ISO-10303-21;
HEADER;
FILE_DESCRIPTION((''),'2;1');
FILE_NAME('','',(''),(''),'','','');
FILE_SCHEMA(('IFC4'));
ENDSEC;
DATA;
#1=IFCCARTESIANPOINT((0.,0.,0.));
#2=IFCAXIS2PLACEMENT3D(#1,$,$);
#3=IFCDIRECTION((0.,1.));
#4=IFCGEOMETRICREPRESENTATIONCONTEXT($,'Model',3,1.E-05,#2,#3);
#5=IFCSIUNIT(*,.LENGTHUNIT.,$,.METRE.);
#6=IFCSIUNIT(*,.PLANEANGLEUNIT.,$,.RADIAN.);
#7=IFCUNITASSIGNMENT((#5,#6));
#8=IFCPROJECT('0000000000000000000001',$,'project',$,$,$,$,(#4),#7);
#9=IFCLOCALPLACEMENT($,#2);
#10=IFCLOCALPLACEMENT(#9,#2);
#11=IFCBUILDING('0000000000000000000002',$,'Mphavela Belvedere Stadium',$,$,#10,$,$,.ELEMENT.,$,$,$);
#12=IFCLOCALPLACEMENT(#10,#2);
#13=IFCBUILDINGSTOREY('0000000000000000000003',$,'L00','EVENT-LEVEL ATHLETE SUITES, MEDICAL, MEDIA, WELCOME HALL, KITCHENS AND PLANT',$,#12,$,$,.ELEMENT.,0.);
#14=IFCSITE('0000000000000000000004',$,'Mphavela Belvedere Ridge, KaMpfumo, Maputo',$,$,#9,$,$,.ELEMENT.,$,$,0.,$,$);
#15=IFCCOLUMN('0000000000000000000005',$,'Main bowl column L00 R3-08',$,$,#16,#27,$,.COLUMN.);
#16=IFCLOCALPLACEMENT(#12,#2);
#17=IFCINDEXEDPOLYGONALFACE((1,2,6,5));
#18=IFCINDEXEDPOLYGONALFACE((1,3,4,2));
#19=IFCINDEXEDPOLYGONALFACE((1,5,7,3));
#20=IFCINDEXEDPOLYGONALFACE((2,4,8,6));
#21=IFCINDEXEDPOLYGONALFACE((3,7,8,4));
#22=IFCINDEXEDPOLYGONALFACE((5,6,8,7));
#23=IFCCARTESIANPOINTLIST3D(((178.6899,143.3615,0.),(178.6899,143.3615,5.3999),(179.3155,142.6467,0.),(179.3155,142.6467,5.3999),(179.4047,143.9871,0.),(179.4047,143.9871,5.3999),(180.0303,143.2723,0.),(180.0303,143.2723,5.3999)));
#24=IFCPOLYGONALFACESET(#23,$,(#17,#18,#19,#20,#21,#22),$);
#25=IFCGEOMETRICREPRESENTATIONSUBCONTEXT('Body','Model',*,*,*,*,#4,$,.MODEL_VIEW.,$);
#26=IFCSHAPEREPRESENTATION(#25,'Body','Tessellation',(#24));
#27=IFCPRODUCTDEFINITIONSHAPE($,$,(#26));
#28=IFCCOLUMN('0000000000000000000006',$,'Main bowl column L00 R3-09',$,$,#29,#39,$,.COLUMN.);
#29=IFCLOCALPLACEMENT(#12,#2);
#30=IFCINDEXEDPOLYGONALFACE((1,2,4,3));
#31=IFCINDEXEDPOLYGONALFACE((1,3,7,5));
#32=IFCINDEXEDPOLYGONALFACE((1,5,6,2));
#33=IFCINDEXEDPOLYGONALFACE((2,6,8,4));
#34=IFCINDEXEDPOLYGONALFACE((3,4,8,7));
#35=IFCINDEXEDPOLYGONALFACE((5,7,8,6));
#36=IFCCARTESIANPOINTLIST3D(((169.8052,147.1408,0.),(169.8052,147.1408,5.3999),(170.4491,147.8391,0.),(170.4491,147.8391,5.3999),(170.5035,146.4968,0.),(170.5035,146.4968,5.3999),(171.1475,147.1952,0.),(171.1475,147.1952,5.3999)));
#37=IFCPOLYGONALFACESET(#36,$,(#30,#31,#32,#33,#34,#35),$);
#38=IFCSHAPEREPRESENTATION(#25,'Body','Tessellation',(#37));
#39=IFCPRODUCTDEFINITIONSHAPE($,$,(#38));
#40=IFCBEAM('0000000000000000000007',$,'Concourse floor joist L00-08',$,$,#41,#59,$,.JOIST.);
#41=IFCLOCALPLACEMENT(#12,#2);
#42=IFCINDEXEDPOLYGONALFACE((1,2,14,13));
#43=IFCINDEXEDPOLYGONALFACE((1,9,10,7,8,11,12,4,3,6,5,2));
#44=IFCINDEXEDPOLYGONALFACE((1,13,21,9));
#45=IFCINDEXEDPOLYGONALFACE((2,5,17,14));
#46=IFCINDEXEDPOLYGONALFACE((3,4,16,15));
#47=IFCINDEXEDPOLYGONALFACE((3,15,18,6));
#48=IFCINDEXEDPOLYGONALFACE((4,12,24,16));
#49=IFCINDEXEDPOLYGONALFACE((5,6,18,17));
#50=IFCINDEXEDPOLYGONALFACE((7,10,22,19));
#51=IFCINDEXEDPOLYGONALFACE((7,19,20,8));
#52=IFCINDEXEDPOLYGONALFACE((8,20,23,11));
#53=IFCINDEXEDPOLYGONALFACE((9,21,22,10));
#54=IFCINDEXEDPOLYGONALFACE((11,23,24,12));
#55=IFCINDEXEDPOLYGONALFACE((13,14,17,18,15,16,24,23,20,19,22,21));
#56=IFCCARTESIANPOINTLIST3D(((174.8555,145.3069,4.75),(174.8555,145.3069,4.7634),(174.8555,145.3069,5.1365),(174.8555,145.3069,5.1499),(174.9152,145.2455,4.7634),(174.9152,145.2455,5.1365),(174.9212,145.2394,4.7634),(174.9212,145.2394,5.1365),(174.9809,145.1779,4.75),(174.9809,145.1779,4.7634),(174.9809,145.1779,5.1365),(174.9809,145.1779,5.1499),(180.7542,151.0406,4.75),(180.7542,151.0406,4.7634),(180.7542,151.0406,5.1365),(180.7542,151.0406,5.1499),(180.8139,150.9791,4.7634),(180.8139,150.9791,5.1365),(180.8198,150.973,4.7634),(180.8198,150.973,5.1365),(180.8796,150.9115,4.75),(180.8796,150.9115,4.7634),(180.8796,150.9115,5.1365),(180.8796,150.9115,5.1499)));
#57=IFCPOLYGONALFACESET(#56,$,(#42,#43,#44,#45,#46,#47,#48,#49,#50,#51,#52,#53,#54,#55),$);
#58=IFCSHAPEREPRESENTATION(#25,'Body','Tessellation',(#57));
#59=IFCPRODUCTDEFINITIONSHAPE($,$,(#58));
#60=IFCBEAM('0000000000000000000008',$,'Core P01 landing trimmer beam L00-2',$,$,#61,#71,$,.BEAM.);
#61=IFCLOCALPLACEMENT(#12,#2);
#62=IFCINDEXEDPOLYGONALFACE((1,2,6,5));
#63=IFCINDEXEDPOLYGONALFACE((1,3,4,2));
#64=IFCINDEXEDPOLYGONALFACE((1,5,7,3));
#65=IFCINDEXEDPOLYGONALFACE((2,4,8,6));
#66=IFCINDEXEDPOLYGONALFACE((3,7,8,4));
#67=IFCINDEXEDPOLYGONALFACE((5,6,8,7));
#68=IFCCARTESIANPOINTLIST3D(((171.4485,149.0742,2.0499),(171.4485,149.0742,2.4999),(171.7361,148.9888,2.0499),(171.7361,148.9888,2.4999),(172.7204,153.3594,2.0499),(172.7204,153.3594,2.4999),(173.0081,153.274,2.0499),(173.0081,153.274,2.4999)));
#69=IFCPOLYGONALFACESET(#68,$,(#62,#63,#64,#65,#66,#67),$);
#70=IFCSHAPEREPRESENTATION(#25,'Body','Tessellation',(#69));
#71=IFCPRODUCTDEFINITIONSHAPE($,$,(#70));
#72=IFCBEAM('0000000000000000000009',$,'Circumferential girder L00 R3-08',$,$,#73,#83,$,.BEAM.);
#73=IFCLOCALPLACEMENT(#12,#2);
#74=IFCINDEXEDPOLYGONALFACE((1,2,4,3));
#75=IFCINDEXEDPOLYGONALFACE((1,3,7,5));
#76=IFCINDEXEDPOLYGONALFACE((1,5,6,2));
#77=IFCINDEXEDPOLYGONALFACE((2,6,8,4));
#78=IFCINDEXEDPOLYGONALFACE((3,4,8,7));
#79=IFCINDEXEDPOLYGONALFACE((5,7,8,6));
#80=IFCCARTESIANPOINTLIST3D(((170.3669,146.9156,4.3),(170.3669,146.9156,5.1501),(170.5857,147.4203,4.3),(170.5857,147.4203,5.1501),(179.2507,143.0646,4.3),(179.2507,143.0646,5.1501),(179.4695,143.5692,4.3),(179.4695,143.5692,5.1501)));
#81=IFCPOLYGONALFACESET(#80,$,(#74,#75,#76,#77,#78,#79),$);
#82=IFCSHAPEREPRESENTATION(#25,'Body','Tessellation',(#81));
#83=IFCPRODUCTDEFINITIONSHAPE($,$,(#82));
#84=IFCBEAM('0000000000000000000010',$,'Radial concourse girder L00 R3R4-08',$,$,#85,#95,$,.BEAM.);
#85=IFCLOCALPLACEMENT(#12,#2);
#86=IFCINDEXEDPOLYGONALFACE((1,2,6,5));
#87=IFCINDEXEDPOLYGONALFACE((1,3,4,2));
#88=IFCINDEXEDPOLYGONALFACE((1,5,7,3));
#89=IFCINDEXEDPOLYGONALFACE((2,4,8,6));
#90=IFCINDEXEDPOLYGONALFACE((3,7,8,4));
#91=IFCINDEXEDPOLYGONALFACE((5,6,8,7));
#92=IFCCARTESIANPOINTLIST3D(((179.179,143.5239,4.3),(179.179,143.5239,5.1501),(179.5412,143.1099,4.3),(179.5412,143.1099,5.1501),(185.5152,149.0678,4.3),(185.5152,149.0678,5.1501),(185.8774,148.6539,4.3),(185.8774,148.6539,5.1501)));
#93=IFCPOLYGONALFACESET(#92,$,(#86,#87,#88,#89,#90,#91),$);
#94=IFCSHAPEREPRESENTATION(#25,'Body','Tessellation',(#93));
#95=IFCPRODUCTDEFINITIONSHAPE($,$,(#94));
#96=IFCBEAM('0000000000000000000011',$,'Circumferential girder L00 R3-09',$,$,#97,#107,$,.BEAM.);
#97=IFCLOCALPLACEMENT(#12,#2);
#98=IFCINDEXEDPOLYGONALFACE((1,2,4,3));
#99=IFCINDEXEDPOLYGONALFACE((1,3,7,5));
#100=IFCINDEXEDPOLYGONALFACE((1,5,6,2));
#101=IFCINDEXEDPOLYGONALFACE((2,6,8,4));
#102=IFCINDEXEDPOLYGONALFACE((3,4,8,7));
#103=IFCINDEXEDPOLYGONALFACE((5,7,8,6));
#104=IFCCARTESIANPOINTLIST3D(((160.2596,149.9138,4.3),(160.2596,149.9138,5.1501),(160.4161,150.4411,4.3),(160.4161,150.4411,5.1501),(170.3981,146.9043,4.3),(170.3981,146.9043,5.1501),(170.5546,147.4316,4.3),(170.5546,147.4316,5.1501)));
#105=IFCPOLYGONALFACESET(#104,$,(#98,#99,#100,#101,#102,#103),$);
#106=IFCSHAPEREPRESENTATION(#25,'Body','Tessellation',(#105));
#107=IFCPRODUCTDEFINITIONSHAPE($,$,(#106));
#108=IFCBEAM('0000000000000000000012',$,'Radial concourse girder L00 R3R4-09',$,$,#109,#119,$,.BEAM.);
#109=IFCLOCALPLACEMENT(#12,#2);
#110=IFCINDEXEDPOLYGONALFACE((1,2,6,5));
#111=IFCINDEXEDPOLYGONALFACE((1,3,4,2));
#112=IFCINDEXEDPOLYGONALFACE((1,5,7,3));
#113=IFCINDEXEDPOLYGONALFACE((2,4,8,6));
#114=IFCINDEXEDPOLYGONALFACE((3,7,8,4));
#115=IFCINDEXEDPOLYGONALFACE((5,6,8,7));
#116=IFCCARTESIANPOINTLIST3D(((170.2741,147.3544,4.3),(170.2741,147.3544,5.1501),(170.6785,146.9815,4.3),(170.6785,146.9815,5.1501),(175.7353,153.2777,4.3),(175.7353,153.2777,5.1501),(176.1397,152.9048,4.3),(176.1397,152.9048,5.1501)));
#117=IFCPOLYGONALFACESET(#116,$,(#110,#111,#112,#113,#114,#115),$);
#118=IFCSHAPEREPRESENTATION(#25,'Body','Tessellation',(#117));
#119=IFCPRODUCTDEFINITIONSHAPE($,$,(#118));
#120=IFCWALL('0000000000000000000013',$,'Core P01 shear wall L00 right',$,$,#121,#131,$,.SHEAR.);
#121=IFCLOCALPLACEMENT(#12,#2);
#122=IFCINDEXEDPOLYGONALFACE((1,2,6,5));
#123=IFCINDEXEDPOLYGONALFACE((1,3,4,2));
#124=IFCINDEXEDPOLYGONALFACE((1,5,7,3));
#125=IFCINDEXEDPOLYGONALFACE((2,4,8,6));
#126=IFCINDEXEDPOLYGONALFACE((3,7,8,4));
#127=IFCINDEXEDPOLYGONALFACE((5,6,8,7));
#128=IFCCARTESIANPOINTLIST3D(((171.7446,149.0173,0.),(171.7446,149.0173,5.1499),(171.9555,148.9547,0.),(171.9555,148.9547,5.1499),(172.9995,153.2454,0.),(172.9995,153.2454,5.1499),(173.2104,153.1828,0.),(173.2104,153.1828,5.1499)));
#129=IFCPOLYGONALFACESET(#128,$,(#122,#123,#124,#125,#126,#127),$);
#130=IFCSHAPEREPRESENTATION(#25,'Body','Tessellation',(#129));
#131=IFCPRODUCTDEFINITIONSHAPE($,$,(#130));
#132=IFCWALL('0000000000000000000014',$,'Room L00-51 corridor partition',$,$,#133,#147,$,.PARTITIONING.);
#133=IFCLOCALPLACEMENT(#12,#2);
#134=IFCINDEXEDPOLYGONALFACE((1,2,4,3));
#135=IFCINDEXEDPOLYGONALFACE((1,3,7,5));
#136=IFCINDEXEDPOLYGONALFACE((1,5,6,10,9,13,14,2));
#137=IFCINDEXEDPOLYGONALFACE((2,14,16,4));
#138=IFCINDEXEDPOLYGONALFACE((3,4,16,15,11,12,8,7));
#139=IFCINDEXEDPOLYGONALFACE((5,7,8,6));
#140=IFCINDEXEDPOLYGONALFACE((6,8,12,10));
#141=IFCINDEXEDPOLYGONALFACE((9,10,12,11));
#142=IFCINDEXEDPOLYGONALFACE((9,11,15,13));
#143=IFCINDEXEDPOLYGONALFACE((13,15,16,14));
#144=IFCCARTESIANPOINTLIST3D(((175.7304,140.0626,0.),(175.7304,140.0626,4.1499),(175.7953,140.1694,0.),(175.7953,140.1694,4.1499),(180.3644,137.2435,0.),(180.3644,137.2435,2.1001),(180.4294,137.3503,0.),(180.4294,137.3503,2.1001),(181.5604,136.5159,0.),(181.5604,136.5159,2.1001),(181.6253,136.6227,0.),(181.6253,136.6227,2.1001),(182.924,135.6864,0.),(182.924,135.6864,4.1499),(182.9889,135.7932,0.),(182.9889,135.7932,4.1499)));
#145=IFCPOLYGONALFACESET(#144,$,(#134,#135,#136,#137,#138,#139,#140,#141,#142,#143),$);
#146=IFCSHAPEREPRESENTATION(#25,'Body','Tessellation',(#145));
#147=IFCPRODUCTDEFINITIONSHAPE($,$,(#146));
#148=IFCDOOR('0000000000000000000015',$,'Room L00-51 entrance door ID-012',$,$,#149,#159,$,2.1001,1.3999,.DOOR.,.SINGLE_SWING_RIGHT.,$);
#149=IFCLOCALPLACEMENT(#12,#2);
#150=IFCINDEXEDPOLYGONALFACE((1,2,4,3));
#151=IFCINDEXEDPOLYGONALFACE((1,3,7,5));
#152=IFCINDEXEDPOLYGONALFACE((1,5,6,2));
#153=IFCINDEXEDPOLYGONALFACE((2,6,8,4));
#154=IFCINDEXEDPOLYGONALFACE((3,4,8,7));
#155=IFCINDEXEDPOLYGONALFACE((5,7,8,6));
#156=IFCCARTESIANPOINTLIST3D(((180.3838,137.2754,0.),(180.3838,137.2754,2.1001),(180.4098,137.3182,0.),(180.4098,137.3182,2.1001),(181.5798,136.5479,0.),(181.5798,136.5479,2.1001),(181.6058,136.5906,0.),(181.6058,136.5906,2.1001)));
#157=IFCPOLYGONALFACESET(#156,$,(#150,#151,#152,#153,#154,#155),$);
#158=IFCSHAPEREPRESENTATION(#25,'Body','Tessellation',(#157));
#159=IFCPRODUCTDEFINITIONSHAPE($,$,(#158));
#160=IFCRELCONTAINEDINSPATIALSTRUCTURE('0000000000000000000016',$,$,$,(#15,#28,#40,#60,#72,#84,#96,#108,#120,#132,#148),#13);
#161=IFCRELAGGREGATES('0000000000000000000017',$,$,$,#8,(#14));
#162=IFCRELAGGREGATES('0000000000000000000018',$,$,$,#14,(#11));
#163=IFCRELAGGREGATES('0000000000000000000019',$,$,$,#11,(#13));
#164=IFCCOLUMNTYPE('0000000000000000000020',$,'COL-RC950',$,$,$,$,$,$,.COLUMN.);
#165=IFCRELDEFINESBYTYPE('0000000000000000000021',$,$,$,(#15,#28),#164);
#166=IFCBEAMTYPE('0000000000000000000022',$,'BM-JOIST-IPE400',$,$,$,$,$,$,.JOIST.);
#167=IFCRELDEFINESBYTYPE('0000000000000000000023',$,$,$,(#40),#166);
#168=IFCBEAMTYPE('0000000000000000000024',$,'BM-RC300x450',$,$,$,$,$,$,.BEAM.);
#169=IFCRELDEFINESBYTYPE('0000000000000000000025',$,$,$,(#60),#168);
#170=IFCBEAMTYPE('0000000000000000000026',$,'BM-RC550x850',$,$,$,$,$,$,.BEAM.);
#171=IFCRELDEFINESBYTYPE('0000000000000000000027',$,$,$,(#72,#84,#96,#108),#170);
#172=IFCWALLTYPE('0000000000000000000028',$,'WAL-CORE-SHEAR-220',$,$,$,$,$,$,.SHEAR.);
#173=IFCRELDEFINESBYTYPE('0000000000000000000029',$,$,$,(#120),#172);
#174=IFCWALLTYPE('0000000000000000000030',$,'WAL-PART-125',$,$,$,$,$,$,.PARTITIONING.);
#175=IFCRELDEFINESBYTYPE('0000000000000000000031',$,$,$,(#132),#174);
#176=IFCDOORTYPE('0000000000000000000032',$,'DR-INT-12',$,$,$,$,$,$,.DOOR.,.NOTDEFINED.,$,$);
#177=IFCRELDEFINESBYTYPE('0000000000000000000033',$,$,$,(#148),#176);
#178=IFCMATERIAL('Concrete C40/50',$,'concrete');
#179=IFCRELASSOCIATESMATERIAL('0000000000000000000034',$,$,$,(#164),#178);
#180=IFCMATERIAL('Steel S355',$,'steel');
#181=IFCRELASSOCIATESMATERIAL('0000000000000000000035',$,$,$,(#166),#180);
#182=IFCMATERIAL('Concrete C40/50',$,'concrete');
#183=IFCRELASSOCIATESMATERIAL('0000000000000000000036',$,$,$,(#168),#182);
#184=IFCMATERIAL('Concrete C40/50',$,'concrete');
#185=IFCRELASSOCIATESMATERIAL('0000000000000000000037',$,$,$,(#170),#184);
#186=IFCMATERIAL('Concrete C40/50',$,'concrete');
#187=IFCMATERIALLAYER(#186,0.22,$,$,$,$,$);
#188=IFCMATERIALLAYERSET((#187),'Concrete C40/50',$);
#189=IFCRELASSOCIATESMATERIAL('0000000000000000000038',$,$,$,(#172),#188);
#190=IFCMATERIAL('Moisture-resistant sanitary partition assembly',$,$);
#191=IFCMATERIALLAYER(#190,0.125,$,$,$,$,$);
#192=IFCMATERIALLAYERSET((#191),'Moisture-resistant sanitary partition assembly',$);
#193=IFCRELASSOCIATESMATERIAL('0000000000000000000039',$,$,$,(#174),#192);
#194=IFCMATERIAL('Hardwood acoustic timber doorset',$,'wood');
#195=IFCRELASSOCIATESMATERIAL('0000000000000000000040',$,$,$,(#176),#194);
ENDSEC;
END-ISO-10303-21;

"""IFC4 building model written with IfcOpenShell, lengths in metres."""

from ifc_helpers import new_model, si_unit, direction, frame, frame_2d, origin, origin_2d, place, context, subcontext, project, spatial, rectangle, i_section, extrude, material, layer, layer_set, material_profile, profile_set, type_object, element, fill, save


model = new_model("IFC4")

# Units and contexts
model_context = context("Model", 3, precision=1e-05, world=origin(), true_north=direction((0.0, 1.0)))
body_context = subcontext(model_context, "Body", "Model", "MODEL_VIEW")
ifc_project = project(units=[si_unit("LENGTHUNIT", "METRE"), si_unit("PLANEANGLEUNIT", "RADIAN")], contexts=[model_context])

# Site, building, storey
site_placement = place(None, origin())
site = spatial("IfcSite", under=ifc_project, at=site_placement, Name="Mphavela Belvedere Ridge, KaMpfumo, Maputo", CompositionType="ELEMENT", RefElevation=0.0)
building_placement = place(site_placement, origin())
building = spatial("IfcBuilding", under=site, at=building_placement, Name="Mphavela Belvedere Stadium", CompositionType="ELEMENT")
storey_placement = place(building_placement, origin())
storey = spatial("IfcBuildingStorey", under=building, at=storey_placement, Name="L00", Description="EVENT-LEVEL ATHLETE SUITES, MEDICAL, MEDIA, WELCOME HALL, KITCHENS AND PLANT", CompositionType="ELEMENT", Elevation=0.0)

# Columns
ifc_material_1 = material(Name="Concrete C40/50", Category="concrete")
ifc_material_profile_1 = material_profile(ifc_material_1, rectangle(XDim=0.95, YDim=0.95, at=origin_2d()), Name="RC 950x950")
ifc_profile_set_1 = profile_set([ifc_material_profile_1], Name="Concrete C40/50")
column_type_1 = type_object("IfcColumnType", Name="COL-RC950", PredefinedType="COLUMN", material=ifc_profile_set_1)
for number, where, z_axis, x_axis, name in (
    (1, (179.3601, 143.3169, 0.0), (0.0, 0.0, 1.0), (0.75253, 0.658558, 0.0), "Main bowl column L00 R3-08"),
    (2, (170.4763, 147.168, 0.0), (0.0, 0.0, 1.0), (0.677903, 0.735151, 0.0), "Main bowl column L00 R3-09"),
):
    element("IfcColumn", number, at=place(storey_placement, frame(where, z_axis=z_axis, x_axis=x_axis)), inside=storey, type_object=column_type_1, Name=name, PredefinedType="COLUMN", context=body_context, shape_type="SweptSolid", body=[
        extrude(rectangle(XDim=0.95, YDim=0.95, at=origin_2d()), origin(), (0.0, 0.0, 1.0), 5.3999),
    ])

# Beams
ifc_material_2 = material(Name="Steel S355", Category="steel")
ifc_material_profile_2 = material_profile(ifc_material_2, i_section(OverallWidth=0.1799, OverallDepth=0.3999, WebThickness=0.0085, FlangeThickness=0.0134, at=origin_2d()), Name="IPE 400")
ifc_profile_set_2 = profile_set([ifc_material_profile_2], Name="Steel S355")
beam_type_1 = type_object("IfcBeamType", Name="BM-JOIST-IPE400", PredefinedType="JOIST", material=ifc_profile_set_2)
beam_1_placement = place(storey_placement, frame((174.9182, 145.2424, 4.95), z_axis=(0.717067, 0.697004, 0.0), x_axis=(-0.697004, 0.717067, 0.0)))
element("IfcBeam", 3, at=beam_1_placement, inside=storey, type_object=beam_type_1, Name="Concourse floor joist L00-08", PredefinedType="JOIST", context=body_context, shape_type="SweptSolid", body=[
    extrude(i_section(OverallWidth=0.1799, OverallDepth=0.3999, WebThickness=0.0085, FlangeThickness=0.0134, at=origin_2d()), origin(), (0.0, 0.0, 1.0), 8.2261),
])
ifc_material_3 = material(Name="Concrete C40/50", Category="concrete")
ifc_material_profile_3 = material_profile(ifc_material_3, rectangle(XDim=0.3, YDim=0.45, at=origin_2d()), Name="RC 300x450")
ifc_profile_set_3 = profile_set([ifc_material_profile_3], Name="Concrete C40/50")
beam_type_2 = type_object("IfcBeamType", Name="BM-RC300x450", PredefinedType="BEAM", material=ifc_profile_set_3)
beam_2_placement = place(storey_placement, frame((171.5923, 149.0315, 2.2749), z_axis=(0.284561, 0.958658, 0.0), x_axis=(-0.958658, 0.284561, 0.0)))
element("IfcBeam", 4, at=beam_2_placement, inside=storey, type_object=beam_type_2, Name="Core P01 landing trimmer beam L00-2", PredefinedType="BEAM", context=body_context, shape_type="SweptSolid", body=[
    extrude(rectangle(XDim=0.3, YDim=0.45, at=origin_2d()), origin(), (0.0, 0.0, 1.0), 4.47),
])
ifc_material_4 = material(Name="Concrete C40/50", Category="concrete")
ifc_material_profile_4 = material_profile(ifc_material_4, rectangle(XDim=0.55, YDim=0.8501, at=origin_2d()), Name="RC 550x850")
ifc_profile_set_4 = profile_set([ifc_material_profile_4], Name="Concrete C40/50")
beam_type_3 = type_object("IfcBeamType", Name="BM-RC550x850", PredefinedType="BEAM", material=ifc_profile_set_4)
beam_3_placement = place(storey_placement, frame((179.3601, 143.3169, 4.7251), z_axis=(-0.917502, 0.397732, 0.0), x_axis=(-0.397732, -0.917502, 0.0)))
element("IfcBeam", 5, at=beam_3_placement, inside=storey, type_object=beam_type_3, Name="Circumferential girder L00 R3-08", PredefinedType="BEAM", context=body_context, shape_type="SweptSolid", body=[
    extrude(rectangle(XDim=0.55, YDim=0.8501, at=origin_2d()), origin(), (0.0, 0.0, 1.0), 9.6826),
])
beam_4_placement = place(storey_placement, frame((179.3601, 143.3169, 4.7251), z_axis=(0.752589, 0.65849, 0.0), x_axis=(-0.65849, 0.752589, 0.0)))
element("IfcBeam", 6, at=beam_4_placement, inside=storey, type_object=beam_type_3, Name="Radial concourse girder L00 R3R4-08", PredefinedType="BEAM", context=body_context, shape_type="SweptSolid", body=[
    extrude(rectangle(XDim=0.55, YDim=0.8501, at=origin_2d()), origin(), (0.0, 0.0, 1.0), 8.4192),
])
beam_5_placement = place(storey_placement, frame((170.4763, 147.168, 4.7251), z_axis=(-0.958655, 0.28457, 0.0), x_axis=(-0.28457, -0.958655, 0.0)))
element("IfcBeam", 7, at=beam_5_placement, inside=storey, type_object=beam_type_3, Name="Circumferential girder L00 R3-09", PredefinedType="BEAM", context=body_context, shape_type="SweptSolid", body=[
    extrude(rectangle(XDim=0.55, YDim=0.8501, at=origin_2d()), origin(), (0.0, 0.0, 1.0), 10.5757),
])
beam_6_placement = place(storey_placement, frame((170.4763, 147.168, 4.7251), z_axis=(0.677843, 0.735206, 0.0), x_axis=(-0.735206, 0.677843, 0.0)))
element("IfcBeam", 8, at=beam_6_placement, inside=storey, type_object=beam_type_3, Name="Radial concourse girder L00 R3R4-09", PredefinedType="BEAM", context=body_context, shape_type="SweptSolid", body=[
    extrude(rectangle(XDim=0.55, YDim=0.8501, at=origin_2d()), origin(), (0.0, 0.0, 1.0), 8.0566),
])

# Wall
ifc_material_5 = material(Name="Concrete C40/50", Category="concrete")
ifc_layer_1 = layer(ifc_material_5, 0.22)
ifc_layer_set_1 = layer_set([ifc_layer_1], Name="Concrete C40/50")
wall_type_1 = type_object("IfcWallType", Name="WAL-CORE-SHEAR-220", PredefinedType="SHEAR", material=ifc_layer_set_1)
wall_1_placement = place(storey_placement, frame((171.8501, 148.9861, 0.0), z_axis=(0.0, 0.0, 1.0), x_axis=(0.284533, 0.958666, 0.0)))
element("IfcWall", 9, at=wall_1_placement, inside=storey, type_object=wall_type_1, Name="Core P01 shear wall L00 right", PredefinedType="SHEAR", context=body_context, shape_type="SweptSolid", body=[
    extrude(rectangle(XDim=4.4104, YDim=0.22, at=frame_2d((2.2051, 0.0))), origin(), (0.0, 0.0, 1.0), 5.1499),
])

# Wall, opening, door
ifc_material_6 = material(Name="Moisture-resistant sanitary partition assembly")
ifc_layer_2 = layer(ifc_material_6, 0.125)
ifc_layer_set_2 = layer_set([ifc_layer_2], Name="Moisture-resistant sanitary partition assembly")
wall_type_2 = type_object("IfcWallType", Name="WAL-PART-125", PredefinedType="PARTITIONING", material=ifc_layer_set_2)
wall_2_placement = place(storey_placement, frame((175.7629, 140.116, 0.0), z_axis=(0.0, 0.0, 1.0), x_axis=(0.85433, -0.519731, 0.0)))
wall_2 = element("IfcWall", 10, at=wall_2_placement, inside=storey, type_object=wall_type_2, Name="Room L00-51 corridor partition", PredefinedType="PARTITIONING", context=body_context, shape_type="SweptSolid", body=[
    extrude(rectangle(XDim=8.4202, YDim=0.125, at=frame_2d((4.21, 0.0))), origin(), (0.0, 0.0, 1.0), 4.1499),
])
opening_1_placement = place(wall_2_placement, frame((5.4241, 0.0, 0.0)))
opening_1 = element("IfcOpeningElement", 11, at=opening_1_placement, cuts=wall_2, PredefinedType="OPENING", context=body_context, shape_type="SweptSolid", body=[
    extrude(rectangle(XDim=1.3999, YDim=2.1001, at=frame_2d((0.7, 1.05))), frame((0.0, 0.0725, 0.0), z_axis=(0.0, -1.0, 0.0), x_axis=(1.0, 0.0, 0.0)), (0.0, 0.0, 1.0), 0.145),
])
ifc_material_7 = material(Name="Hardwood acoustic timber doorset", Category="wood")
door_type_1 = type_object("IfcDoorType", Name="DR-INT-12", OperationType="NOTDEFINED", PredefinedType="DOOR", material=ifc_material_7)
door_1_placement = place(opening_1_placement, origin())
door_1 = element("IfcDoor", 12, at=door_1_placement, inside=storey, type_object=door_type_1, Name="Room L00-51 entrance door ID-012", OperationType="SINGLE_SWING_RIGHT", OverallHeight=2.1001, OverallWidth=1.3999, PredefinedType="DOOR", context=body_context, shape_type="SweptSolid", body=[
    extrude(rectangle(XDim=1.3999, YDim=2.1001, at=frame_2d((0.7, 1.05))), frame((0.0, 0.0249, 0.0), z_axis=(0.0, -1.0, 0.0), x_axis=(1.0, 0.0, 0.0)), (0.0, 0.0, 1.0), 0.05),
])
fill(opening_1, door_1)

save(model, "model.ifc")
